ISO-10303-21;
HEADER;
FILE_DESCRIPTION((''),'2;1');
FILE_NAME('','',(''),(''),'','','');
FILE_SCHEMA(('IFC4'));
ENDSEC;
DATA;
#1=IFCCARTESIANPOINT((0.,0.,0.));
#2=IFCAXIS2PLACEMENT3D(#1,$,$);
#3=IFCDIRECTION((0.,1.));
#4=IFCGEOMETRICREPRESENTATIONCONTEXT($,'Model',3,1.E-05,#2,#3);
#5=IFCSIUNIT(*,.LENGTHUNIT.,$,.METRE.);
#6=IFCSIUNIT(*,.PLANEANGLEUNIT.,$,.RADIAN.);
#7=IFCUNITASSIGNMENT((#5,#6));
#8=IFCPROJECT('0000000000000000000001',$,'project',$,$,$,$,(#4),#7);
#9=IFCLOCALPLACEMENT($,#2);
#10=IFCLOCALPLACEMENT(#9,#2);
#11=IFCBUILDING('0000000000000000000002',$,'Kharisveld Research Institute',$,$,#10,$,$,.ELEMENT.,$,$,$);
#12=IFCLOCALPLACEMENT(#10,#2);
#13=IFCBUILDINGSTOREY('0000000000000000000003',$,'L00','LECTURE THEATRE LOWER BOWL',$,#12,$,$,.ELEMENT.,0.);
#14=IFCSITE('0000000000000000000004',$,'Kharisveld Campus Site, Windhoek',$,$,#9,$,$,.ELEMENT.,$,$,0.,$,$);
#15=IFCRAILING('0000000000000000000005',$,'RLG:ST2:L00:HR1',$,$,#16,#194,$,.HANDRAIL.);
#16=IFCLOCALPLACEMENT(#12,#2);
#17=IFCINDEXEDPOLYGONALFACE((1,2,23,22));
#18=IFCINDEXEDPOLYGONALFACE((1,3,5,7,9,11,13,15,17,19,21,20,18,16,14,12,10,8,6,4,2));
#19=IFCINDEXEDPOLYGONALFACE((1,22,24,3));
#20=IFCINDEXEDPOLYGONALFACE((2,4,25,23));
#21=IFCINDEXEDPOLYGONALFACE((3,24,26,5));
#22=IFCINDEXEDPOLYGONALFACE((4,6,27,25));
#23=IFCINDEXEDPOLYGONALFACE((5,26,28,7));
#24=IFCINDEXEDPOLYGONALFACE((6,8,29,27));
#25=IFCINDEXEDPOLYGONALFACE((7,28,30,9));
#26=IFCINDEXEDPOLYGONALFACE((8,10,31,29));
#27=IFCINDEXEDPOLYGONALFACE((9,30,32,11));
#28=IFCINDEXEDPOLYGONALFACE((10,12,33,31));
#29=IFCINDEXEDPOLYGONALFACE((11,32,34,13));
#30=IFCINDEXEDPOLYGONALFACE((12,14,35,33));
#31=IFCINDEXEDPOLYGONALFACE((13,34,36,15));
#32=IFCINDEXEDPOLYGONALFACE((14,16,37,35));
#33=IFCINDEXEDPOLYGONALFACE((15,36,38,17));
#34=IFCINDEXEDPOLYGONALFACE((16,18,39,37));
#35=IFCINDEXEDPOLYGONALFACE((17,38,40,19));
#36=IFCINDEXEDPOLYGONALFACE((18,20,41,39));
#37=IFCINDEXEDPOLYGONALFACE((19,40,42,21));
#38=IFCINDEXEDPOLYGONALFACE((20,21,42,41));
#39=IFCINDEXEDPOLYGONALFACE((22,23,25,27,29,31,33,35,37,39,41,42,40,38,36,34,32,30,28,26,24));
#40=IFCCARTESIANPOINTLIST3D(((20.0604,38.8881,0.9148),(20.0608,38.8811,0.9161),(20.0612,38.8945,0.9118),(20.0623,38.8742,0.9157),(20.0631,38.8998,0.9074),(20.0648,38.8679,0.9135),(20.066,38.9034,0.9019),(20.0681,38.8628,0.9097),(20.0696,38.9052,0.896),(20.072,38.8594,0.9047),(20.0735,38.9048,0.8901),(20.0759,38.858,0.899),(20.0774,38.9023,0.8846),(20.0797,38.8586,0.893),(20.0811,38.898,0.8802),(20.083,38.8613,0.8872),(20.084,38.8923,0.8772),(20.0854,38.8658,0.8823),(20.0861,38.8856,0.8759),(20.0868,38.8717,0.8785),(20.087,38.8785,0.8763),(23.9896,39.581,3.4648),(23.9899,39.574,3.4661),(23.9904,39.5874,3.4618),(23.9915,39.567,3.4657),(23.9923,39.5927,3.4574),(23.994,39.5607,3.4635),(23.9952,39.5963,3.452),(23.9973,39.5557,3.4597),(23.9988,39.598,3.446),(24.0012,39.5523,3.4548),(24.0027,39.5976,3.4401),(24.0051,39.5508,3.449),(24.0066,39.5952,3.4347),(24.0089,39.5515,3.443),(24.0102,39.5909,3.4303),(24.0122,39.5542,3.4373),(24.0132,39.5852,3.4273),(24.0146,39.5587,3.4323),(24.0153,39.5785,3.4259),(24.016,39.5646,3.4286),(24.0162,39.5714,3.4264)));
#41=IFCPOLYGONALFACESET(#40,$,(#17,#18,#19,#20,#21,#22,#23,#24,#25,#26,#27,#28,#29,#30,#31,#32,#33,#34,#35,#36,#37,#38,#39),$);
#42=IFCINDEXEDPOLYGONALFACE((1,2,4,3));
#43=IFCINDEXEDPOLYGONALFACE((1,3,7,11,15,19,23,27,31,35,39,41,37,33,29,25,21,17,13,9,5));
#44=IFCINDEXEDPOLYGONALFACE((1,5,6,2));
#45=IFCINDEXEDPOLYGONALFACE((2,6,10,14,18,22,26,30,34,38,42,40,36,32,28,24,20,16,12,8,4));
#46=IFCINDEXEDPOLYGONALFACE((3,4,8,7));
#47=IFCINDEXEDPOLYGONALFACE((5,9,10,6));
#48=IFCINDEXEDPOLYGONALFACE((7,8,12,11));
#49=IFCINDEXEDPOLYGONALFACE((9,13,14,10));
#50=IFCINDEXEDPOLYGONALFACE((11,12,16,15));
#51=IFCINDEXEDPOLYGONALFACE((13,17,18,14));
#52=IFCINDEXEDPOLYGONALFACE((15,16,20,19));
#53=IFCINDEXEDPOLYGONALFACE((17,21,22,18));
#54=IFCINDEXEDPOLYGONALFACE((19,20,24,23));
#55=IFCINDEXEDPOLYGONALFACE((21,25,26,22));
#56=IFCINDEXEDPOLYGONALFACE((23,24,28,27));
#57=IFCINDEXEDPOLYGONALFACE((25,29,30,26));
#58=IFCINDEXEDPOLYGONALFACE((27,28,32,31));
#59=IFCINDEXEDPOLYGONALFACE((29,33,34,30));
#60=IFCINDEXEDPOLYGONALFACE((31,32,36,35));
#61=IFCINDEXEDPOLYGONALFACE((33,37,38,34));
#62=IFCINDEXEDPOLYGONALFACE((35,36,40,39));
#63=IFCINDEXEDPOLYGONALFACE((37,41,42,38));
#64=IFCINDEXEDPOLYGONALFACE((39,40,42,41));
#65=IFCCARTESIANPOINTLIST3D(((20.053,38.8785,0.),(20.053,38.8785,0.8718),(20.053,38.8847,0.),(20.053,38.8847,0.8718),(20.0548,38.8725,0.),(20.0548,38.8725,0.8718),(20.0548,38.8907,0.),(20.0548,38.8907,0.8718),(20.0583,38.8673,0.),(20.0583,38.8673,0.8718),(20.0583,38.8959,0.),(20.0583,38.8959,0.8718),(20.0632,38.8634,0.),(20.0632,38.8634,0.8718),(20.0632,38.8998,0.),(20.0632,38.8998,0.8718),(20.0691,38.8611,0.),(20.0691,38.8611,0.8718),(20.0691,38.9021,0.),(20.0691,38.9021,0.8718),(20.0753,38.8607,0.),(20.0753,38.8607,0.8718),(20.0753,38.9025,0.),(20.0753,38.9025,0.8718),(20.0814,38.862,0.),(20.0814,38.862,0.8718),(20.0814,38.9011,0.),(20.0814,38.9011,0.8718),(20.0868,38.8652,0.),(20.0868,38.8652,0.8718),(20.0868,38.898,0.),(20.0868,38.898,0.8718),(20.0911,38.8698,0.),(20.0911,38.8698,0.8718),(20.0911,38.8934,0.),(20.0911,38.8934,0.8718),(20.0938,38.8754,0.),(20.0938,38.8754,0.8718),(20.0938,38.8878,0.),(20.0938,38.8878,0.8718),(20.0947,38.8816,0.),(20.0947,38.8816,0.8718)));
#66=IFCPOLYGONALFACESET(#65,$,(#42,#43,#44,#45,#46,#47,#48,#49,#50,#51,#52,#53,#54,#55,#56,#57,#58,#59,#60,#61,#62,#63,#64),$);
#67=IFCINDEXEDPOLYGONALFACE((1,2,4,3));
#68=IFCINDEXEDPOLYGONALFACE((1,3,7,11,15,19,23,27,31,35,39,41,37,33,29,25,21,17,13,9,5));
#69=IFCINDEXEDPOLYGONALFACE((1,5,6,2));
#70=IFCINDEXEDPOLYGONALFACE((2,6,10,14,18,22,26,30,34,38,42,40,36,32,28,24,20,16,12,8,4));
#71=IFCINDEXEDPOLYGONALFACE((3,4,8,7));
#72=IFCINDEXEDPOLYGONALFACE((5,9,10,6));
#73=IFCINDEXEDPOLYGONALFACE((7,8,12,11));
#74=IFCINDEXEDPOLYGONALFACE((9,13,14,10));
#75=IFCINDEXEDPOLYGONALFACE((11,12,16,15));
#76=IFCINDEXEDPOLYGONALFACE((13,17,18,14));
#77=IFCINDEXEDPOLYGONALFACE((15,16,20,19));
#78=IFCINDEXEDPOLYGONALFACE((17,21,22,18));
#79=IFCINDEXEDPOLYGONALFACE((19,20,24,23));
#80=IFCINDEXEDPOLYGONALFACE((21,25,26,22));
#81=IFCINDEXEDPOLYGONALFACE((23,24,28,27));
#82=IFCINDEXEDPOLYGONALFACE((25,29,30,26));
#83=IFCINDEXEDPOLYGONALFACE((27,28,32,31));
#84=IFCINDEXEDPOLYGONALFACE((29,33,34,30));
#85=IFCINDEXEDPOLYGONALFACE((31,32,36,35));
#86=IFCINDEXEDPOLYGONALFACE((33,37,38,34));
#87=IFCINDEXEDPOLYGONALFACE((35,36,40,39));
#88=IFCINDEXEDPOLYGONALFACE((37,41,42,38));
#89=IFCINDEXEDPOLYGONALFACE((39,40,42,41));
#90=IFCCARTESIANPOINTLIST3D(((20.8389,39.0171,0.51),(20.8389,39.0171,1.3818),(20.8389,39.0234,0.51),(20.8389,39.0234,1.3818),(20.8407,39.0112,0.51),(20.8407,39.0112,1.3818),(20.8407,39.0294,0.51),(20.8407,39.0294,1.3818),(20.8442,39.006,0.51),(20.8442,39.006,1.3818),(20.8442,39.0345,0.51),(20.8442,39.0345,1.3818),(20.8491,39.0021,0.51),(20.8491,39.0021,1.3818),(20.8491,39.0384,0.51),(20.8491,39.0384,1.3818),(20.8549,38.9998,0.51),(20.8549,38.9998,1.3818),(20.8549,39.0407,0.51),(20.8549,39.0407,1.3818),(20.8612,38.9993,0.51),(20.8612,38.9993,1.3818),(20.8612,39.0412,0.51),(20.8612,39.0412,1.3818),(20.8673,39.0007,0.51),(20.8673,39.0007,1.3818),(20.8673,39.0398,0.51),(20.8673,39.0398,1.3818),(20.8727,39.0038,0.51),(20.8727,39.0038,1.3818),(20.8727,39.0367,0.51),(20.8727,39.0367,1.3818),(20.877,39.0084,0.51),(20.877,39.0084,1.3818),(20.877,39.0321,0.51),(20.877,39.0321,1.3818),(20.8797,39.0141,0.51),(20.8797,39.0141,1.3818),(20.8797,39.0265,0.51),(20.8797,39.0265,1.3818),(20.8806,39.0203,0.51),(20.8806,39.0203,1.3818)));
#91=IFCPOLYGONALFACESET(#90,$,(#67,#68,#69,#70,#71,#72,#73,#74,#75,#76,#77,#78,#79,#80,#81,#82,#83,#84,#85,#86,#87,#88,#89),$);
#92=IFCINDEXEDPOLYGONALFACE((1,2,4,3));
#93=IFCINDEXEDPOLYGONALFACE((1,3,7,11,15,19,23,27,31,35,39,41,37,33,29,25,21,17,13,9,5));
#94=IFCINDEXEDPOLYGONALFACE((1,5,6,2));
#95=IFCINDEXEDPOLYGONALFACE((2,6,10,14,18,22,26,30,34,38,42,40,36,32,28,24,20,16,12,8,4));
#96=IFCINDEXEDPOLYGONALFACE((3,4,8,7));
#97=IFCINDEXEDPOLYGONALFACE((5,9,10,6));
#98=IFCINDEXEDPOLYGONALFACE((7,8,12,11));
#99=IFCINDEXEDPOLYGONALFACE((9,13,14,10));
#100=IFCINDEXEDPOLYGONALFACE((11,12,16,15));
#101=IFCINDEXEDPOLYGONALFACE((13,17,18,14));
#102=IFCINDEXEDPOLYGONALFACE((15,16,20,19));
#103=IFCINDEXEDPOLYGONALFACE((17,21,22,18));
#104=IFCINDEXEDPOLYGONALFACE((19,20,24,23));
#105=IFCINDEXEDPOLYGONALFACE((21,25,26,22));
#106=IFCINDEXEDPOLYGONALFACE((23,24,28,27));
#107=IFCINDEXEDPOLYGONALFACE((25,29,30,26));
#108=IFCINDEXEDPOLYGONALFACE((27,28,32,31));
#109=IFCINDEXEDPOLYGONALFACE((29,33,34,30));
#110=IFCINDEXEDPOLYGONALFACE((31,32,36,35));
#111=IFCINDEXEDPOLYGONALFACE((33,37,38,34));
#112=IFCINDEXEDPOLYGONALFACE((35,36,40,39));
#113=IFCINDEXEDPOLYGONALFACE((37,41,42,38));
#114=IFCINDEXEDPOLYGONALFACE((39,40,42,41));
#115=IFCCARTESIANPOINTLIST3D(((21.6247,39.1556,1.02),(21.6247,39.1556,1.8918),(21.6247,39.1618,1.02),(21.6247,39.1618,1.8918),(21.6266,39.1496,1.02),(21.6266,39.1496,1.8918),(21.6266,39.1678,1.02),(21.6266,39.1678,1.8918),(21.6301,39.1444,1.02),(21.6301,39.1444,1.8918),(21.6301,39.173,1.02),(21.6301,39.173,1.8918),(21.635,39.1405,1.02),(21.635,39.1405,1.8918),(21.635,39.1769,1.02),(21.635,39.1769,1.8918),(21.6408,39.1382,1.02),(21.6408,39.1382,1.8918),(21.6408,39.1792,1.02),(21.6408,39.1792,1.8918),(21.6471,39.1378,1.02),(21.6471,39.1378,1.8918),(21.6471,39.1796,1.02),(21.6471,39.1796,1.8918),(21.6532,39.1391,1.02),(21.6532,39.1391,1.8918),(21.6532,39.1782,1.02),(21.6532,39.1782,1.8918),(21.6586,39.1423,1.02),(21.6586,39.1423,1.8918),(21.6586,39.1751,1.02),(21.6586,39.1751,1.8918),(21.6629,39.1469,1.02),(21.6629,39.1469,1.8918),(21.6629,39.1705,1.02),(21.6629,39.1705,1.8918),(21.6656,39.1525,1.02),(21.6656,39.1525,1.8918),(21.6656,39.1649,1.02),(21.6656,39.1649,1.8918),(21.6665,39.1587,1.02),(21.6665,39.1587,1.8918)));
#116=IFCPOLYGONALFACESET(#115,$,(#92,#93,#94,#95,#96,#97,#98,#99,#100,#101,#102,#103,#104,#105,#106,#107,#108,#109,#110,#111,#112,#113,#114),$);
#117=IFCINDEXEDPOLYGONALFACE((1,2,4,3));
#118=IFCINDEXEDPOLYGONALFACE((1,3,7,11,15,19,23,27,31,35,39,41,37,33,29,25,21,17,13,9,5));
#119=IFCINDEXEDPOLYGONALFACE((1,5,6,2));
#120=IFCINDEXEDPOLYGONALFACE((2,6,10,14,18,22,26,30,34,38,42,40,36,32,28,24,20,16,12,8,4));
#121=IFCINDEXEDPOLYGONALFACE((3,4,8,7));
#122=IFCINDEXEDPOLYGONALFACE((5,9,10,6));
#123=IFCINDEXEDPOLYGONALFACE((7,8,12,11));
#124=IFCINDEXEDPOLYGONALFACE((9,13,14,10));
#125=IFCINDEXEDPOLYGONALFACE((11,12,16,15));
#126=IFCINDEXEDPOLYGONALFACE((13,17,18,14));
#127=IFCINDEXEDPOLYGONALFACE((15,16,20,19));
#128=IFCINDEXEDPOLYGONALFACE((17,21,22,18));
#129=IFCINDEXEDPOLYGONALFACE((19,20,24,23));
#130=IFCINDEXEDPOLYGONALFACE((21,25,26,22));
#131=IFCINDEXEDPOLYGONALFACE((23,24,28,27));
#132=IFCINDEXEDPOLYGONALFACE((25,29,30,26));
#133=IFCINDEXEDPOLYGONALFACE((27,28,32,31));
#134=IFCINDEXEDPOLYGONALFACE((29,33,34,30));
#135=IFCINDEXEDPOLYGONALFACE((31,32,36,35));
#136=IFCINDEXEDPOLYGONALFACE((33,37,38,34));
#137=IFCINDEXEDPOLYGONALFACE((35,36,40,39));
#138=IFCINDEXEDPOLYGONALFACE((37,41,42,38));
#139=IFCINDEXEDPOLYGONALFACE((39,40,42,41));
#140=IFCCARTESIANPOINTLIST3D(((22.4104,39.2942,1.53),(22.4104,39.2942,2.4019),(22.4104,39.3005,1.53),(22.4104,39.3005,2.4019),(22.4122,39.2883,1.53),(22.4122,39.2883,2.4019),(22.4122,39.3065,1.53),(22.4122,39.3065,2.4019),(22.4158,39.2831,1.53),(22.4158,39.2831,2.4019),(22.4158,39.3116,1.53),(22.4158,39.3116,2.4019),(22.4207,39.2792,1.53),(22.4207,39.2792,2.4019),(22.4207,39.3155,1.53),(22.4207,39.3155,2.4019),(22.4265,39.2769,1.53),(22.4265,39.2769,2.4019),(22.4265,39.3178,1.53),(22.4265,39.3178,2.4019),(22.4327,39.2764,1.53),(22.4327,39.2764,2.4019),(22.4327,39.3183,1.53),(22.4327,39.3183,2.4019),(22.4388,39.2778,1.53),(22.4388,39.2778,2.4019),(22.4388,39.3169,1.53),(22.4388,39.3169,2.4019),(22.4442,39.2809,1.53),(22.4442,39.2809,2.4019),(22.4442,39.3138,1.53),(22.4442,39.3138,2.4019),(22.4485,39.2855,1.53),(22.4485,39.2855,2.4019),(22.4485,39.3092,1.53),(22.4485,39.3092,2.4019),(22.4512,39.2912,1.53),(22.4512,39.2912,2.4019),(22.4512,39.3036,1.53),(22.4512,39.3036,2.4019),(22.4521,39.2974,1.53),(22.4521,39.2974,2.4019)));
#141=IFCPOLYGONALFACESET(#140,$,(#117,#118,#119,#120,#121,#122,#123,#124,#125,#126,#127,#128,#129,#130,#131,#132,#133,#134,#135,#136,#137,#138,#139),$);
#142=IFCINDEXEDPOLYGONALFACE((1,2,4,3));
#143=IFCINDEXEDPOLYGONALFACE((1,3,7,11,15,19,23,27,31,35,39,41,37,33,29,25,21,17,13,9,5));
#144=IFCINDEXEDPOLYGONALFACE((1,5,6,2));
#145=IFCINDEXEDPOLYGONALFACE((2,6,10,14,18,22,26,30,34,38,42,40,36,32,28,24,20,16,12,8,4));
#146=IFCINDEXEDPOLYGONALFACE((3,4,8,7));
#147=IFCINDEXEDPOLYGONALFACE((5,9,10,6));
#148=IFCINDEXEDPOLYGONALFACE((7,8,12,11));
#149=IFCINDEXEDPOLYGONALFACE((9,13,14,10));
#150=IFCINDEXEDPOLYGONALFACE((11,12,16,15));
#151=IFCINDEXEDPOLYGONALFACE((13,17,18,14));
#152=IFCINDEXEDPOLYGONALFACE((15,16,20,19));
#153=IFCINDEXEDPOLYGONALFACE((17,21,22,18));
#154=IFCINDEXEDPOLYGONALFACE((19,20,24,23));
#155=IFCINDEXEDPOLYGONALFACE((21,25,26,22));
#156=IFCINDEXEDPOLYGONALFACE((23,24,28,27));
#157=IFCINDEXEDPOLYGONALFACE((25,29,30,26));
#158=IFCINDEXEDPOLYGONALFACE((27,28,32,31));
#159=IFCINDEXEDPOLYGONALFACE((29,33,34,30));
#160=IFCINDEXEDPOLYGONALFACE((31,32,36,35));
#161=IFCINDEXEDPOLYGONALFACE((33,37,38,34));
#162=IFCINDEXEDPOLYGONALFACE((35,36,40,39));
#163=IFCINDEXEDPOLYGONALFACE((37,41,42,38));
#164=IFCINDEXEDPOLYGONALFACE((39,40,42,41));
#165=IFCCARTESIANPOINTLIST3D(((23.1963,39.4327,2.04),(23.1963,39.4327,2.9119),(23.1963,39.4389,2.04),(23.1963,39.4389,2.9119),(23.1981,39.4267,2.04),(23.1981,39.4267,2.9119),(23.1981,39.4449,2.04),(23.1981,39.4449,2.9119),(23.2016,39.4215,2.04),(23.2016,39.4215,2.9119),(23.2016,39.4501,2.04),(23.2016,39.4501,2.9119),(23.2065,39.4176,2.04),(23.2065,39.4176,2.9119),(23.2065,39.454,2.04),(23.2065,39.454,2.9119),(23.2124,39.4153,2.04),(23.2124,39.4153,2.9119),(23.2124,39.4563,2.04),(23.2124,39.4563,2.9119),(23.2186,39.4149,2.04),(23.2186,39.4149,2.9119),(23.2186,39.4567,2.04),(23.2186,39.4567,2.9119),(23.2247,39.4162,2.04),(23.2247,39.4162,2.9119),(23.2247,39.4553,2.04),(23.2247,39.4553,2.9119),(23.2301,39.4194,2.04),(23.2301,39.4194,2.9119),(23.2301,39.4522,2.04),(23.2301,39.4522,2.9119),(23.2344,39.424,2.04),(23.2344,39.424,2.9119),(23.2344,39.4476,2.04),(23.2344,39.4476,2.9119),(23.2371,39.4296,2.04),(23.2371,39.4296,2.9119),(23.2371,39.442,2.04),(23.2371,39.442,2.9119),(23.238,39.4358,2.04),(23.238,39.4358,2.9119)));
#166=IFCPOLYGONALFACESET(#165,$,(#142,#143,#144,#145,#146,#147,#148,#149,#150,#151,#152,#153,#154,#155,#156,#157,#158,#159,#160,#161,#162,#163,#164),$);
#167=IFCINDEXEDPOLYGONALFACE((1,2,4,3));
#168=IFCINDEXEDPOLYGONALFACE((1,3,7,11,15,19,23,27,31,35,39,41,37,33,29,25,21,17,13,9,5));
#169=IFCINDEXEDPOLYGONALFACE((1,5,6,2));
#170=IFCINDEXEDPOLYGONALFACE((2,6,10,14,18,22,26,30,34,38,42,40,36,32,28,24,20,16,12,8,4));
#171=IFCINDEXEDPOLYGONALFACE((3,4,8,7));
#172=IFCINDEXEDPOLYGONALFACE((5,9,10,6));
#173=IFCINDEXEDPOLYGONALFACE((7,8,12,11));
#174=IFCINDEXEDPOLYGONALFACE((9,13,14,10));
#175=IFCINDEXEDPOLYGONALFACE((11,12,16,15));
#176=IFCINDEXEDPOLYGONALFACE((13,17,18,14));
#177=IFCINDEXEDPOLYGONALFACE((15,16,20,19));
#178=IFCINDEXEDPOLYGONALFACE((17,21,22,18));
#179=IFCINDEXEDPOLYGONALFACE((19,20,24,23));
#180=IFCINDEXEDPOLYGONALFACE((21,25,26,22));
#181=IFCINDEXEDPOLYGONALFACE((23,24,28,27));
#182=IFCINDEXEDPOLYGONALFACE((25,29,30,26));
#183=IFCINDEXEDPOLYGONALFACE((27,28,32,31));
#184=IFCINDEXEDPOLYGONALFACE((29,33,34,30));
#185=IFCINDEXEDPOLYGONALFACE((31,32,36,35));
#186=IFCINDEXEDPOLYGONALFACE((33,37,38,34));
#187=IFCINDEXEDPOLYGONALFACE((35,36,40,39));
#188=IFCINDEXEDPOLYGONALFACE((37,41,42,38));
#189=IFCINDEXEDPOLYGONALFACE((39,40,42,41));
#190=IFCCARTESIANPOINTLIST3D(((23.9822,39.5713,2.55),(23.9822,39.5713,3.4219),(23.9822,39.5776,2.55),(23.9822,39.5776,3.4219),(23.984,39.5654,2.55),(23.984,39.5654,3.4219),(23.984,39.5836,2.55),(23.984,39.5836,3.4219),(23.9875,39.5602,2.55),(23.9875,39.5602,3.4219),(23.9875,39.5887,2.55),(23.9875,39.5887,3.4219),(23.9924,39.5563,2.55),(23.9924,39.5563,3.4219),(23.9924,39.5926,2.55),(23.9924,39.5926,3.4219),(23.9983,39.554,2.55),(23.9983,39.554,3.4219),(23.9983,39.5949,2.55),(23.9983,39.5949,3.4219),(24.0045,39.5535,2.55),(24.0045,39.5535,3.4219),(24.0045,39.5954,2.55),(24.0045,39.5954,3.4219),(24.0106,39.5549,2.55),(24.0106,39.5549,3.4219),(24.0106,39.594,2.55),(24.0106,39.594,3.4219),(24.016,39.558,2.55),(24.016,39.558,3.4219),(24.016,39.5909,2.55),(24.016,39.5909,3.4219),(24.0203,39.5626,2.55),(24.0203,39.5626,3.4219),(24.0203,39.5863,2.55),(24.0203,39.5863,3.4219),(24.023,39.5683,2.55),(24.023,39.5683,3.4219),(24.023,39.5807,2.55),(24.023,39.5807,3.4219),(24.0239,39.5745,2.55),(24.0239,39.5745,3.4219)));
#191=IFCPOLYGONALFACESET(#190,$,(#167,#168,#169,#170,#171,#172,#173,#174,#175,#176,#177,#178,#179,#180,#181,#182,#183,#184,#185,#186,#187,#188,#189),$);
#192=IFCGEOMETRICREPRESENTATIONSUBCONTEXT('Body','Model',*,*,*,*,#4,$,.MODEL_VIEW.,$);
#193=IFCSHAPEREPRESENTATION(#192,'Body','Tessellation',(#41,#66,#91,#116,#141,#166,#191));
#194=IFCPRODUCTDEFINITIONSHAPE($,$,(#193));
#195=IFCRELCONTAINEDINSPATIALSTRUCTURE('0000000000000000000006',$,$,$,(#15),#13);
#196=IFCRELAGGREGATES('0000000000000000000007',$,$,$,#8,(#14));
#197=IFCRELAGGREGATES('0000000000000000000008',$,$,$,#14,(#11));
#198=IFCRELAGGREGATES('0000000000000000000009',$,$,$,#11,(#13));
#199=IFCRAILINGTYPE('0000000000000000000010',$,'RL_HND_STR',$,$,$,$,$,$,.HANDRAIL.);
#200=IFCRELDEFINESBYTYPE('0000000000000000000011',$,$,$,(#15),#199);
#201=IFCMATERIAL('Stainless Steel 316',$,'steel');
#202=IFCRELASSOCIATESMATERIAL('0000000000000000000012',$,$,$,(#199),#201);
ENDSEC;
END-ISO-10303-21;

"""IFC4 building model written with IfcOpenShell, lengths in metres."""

from ifc_helpers import new_model, si_unit, direction, frame, origin, origin_2d, place, context, subcontext, project, spatial, circle, extrude, material, type_object, element, save


model = new_model("IFC4")

# Units and contexts
model_context = context("Model", 3, precision=1e-05, world=origin(), true_north=direction((0.0, 1.0)))
body_context = subcontext(model_context, "Body", "Model", "MODEL_VIEW")
ifc_project = project(units=[si_unit("LENGTHUNIT", "METRE"), si_unit("PLANEANGLEUNIT", "RADIAN")], contexts=[model_context])

# Site, building, storey
site_placement = place(None, origin())
site = spatial("IfcSite", under=ifc_project, at=site_placement, Name="Kharisveld Campus Site, Windhoek", CompositionType="ELEMENT", RefElevation=0.0)
building_placement = place(site_placement, origin())
building = spatial("IfcBuilding", under=site, at=building_placement, Name="Kharisveld Research Institute", CompositionType="ELEMENT")
storey_placement = place(building_placement, origin())
storey = spatial("IfcBuildingStorey", under=building, at=storey_placement, Name="L00", Description="LECTURE THEATRE LOWER BOWL", CompositionType="ELEMENT", Elevation=0.0)

# Railing
ifc_material_1 = material(Name="Stainless Steel 316", Category="steel")
railing_type_1 = type_object("IfcRailingType", Name="RL_HND_STR", PredefinedType="HANDRAIL", material=ifc_material_1)
railing_1_placement = place(storey_placement, frame((20.0737, 38.8816, 0.0)))
element("IfcRailing", 1, at=railing_1_placement, inside=storey, type_object=railing_type_1, Name="RLG:ST2:L00:HR1", PredefinedType="HANDRAIL", context=body_context, shape_type="SweptSolid", body=[
    extrude(circle(Radius=0.0239, at=origin_2d()), frame((0.0, 0.0, 0.896), z_axis=(0.829798, 0.146326, 0.538539), x_axis=(-0.17366, 0.984806, 0.0)), (0.0, 0.0, 1.0), 4.7351),
    extrude(circle(Radius=0.021, at=origin_2d()), origin(), (0.0, 0.0, 1.0), 0.8718),
    extrude(circle(Radius=0.021, at=origin_2d()), frame((0.7859, 0.1387, 0.51)), (0.0, 0.0, 1.0), 0.8718),
    extrude(circle(Radius=0.021, at=origin_2d()), frame((1.5718, 0.2771, 1.02)), (0.0, 0.0, 1.0), 0.8718),
    extrude(circle(Radius=0.021, at=origin_2d()), frame((2.3574, 0.4158, 1.53)), (0.0, 0.0, 1.0), 0.8718),
    extrude(circle(Radius=0.021, at=origin_2d()), frame((3.1433, 0.5542, 2.04)), (0.0, 0.0, 1.0), 0.8718),
    extrude(circle(Radius=0.021, at=origin_2d()), frame((3.9292, 0.6929, 2.55)), (0.0, 0.0, 1.0), 0.8718),
])

save(model, "model.ifc")
